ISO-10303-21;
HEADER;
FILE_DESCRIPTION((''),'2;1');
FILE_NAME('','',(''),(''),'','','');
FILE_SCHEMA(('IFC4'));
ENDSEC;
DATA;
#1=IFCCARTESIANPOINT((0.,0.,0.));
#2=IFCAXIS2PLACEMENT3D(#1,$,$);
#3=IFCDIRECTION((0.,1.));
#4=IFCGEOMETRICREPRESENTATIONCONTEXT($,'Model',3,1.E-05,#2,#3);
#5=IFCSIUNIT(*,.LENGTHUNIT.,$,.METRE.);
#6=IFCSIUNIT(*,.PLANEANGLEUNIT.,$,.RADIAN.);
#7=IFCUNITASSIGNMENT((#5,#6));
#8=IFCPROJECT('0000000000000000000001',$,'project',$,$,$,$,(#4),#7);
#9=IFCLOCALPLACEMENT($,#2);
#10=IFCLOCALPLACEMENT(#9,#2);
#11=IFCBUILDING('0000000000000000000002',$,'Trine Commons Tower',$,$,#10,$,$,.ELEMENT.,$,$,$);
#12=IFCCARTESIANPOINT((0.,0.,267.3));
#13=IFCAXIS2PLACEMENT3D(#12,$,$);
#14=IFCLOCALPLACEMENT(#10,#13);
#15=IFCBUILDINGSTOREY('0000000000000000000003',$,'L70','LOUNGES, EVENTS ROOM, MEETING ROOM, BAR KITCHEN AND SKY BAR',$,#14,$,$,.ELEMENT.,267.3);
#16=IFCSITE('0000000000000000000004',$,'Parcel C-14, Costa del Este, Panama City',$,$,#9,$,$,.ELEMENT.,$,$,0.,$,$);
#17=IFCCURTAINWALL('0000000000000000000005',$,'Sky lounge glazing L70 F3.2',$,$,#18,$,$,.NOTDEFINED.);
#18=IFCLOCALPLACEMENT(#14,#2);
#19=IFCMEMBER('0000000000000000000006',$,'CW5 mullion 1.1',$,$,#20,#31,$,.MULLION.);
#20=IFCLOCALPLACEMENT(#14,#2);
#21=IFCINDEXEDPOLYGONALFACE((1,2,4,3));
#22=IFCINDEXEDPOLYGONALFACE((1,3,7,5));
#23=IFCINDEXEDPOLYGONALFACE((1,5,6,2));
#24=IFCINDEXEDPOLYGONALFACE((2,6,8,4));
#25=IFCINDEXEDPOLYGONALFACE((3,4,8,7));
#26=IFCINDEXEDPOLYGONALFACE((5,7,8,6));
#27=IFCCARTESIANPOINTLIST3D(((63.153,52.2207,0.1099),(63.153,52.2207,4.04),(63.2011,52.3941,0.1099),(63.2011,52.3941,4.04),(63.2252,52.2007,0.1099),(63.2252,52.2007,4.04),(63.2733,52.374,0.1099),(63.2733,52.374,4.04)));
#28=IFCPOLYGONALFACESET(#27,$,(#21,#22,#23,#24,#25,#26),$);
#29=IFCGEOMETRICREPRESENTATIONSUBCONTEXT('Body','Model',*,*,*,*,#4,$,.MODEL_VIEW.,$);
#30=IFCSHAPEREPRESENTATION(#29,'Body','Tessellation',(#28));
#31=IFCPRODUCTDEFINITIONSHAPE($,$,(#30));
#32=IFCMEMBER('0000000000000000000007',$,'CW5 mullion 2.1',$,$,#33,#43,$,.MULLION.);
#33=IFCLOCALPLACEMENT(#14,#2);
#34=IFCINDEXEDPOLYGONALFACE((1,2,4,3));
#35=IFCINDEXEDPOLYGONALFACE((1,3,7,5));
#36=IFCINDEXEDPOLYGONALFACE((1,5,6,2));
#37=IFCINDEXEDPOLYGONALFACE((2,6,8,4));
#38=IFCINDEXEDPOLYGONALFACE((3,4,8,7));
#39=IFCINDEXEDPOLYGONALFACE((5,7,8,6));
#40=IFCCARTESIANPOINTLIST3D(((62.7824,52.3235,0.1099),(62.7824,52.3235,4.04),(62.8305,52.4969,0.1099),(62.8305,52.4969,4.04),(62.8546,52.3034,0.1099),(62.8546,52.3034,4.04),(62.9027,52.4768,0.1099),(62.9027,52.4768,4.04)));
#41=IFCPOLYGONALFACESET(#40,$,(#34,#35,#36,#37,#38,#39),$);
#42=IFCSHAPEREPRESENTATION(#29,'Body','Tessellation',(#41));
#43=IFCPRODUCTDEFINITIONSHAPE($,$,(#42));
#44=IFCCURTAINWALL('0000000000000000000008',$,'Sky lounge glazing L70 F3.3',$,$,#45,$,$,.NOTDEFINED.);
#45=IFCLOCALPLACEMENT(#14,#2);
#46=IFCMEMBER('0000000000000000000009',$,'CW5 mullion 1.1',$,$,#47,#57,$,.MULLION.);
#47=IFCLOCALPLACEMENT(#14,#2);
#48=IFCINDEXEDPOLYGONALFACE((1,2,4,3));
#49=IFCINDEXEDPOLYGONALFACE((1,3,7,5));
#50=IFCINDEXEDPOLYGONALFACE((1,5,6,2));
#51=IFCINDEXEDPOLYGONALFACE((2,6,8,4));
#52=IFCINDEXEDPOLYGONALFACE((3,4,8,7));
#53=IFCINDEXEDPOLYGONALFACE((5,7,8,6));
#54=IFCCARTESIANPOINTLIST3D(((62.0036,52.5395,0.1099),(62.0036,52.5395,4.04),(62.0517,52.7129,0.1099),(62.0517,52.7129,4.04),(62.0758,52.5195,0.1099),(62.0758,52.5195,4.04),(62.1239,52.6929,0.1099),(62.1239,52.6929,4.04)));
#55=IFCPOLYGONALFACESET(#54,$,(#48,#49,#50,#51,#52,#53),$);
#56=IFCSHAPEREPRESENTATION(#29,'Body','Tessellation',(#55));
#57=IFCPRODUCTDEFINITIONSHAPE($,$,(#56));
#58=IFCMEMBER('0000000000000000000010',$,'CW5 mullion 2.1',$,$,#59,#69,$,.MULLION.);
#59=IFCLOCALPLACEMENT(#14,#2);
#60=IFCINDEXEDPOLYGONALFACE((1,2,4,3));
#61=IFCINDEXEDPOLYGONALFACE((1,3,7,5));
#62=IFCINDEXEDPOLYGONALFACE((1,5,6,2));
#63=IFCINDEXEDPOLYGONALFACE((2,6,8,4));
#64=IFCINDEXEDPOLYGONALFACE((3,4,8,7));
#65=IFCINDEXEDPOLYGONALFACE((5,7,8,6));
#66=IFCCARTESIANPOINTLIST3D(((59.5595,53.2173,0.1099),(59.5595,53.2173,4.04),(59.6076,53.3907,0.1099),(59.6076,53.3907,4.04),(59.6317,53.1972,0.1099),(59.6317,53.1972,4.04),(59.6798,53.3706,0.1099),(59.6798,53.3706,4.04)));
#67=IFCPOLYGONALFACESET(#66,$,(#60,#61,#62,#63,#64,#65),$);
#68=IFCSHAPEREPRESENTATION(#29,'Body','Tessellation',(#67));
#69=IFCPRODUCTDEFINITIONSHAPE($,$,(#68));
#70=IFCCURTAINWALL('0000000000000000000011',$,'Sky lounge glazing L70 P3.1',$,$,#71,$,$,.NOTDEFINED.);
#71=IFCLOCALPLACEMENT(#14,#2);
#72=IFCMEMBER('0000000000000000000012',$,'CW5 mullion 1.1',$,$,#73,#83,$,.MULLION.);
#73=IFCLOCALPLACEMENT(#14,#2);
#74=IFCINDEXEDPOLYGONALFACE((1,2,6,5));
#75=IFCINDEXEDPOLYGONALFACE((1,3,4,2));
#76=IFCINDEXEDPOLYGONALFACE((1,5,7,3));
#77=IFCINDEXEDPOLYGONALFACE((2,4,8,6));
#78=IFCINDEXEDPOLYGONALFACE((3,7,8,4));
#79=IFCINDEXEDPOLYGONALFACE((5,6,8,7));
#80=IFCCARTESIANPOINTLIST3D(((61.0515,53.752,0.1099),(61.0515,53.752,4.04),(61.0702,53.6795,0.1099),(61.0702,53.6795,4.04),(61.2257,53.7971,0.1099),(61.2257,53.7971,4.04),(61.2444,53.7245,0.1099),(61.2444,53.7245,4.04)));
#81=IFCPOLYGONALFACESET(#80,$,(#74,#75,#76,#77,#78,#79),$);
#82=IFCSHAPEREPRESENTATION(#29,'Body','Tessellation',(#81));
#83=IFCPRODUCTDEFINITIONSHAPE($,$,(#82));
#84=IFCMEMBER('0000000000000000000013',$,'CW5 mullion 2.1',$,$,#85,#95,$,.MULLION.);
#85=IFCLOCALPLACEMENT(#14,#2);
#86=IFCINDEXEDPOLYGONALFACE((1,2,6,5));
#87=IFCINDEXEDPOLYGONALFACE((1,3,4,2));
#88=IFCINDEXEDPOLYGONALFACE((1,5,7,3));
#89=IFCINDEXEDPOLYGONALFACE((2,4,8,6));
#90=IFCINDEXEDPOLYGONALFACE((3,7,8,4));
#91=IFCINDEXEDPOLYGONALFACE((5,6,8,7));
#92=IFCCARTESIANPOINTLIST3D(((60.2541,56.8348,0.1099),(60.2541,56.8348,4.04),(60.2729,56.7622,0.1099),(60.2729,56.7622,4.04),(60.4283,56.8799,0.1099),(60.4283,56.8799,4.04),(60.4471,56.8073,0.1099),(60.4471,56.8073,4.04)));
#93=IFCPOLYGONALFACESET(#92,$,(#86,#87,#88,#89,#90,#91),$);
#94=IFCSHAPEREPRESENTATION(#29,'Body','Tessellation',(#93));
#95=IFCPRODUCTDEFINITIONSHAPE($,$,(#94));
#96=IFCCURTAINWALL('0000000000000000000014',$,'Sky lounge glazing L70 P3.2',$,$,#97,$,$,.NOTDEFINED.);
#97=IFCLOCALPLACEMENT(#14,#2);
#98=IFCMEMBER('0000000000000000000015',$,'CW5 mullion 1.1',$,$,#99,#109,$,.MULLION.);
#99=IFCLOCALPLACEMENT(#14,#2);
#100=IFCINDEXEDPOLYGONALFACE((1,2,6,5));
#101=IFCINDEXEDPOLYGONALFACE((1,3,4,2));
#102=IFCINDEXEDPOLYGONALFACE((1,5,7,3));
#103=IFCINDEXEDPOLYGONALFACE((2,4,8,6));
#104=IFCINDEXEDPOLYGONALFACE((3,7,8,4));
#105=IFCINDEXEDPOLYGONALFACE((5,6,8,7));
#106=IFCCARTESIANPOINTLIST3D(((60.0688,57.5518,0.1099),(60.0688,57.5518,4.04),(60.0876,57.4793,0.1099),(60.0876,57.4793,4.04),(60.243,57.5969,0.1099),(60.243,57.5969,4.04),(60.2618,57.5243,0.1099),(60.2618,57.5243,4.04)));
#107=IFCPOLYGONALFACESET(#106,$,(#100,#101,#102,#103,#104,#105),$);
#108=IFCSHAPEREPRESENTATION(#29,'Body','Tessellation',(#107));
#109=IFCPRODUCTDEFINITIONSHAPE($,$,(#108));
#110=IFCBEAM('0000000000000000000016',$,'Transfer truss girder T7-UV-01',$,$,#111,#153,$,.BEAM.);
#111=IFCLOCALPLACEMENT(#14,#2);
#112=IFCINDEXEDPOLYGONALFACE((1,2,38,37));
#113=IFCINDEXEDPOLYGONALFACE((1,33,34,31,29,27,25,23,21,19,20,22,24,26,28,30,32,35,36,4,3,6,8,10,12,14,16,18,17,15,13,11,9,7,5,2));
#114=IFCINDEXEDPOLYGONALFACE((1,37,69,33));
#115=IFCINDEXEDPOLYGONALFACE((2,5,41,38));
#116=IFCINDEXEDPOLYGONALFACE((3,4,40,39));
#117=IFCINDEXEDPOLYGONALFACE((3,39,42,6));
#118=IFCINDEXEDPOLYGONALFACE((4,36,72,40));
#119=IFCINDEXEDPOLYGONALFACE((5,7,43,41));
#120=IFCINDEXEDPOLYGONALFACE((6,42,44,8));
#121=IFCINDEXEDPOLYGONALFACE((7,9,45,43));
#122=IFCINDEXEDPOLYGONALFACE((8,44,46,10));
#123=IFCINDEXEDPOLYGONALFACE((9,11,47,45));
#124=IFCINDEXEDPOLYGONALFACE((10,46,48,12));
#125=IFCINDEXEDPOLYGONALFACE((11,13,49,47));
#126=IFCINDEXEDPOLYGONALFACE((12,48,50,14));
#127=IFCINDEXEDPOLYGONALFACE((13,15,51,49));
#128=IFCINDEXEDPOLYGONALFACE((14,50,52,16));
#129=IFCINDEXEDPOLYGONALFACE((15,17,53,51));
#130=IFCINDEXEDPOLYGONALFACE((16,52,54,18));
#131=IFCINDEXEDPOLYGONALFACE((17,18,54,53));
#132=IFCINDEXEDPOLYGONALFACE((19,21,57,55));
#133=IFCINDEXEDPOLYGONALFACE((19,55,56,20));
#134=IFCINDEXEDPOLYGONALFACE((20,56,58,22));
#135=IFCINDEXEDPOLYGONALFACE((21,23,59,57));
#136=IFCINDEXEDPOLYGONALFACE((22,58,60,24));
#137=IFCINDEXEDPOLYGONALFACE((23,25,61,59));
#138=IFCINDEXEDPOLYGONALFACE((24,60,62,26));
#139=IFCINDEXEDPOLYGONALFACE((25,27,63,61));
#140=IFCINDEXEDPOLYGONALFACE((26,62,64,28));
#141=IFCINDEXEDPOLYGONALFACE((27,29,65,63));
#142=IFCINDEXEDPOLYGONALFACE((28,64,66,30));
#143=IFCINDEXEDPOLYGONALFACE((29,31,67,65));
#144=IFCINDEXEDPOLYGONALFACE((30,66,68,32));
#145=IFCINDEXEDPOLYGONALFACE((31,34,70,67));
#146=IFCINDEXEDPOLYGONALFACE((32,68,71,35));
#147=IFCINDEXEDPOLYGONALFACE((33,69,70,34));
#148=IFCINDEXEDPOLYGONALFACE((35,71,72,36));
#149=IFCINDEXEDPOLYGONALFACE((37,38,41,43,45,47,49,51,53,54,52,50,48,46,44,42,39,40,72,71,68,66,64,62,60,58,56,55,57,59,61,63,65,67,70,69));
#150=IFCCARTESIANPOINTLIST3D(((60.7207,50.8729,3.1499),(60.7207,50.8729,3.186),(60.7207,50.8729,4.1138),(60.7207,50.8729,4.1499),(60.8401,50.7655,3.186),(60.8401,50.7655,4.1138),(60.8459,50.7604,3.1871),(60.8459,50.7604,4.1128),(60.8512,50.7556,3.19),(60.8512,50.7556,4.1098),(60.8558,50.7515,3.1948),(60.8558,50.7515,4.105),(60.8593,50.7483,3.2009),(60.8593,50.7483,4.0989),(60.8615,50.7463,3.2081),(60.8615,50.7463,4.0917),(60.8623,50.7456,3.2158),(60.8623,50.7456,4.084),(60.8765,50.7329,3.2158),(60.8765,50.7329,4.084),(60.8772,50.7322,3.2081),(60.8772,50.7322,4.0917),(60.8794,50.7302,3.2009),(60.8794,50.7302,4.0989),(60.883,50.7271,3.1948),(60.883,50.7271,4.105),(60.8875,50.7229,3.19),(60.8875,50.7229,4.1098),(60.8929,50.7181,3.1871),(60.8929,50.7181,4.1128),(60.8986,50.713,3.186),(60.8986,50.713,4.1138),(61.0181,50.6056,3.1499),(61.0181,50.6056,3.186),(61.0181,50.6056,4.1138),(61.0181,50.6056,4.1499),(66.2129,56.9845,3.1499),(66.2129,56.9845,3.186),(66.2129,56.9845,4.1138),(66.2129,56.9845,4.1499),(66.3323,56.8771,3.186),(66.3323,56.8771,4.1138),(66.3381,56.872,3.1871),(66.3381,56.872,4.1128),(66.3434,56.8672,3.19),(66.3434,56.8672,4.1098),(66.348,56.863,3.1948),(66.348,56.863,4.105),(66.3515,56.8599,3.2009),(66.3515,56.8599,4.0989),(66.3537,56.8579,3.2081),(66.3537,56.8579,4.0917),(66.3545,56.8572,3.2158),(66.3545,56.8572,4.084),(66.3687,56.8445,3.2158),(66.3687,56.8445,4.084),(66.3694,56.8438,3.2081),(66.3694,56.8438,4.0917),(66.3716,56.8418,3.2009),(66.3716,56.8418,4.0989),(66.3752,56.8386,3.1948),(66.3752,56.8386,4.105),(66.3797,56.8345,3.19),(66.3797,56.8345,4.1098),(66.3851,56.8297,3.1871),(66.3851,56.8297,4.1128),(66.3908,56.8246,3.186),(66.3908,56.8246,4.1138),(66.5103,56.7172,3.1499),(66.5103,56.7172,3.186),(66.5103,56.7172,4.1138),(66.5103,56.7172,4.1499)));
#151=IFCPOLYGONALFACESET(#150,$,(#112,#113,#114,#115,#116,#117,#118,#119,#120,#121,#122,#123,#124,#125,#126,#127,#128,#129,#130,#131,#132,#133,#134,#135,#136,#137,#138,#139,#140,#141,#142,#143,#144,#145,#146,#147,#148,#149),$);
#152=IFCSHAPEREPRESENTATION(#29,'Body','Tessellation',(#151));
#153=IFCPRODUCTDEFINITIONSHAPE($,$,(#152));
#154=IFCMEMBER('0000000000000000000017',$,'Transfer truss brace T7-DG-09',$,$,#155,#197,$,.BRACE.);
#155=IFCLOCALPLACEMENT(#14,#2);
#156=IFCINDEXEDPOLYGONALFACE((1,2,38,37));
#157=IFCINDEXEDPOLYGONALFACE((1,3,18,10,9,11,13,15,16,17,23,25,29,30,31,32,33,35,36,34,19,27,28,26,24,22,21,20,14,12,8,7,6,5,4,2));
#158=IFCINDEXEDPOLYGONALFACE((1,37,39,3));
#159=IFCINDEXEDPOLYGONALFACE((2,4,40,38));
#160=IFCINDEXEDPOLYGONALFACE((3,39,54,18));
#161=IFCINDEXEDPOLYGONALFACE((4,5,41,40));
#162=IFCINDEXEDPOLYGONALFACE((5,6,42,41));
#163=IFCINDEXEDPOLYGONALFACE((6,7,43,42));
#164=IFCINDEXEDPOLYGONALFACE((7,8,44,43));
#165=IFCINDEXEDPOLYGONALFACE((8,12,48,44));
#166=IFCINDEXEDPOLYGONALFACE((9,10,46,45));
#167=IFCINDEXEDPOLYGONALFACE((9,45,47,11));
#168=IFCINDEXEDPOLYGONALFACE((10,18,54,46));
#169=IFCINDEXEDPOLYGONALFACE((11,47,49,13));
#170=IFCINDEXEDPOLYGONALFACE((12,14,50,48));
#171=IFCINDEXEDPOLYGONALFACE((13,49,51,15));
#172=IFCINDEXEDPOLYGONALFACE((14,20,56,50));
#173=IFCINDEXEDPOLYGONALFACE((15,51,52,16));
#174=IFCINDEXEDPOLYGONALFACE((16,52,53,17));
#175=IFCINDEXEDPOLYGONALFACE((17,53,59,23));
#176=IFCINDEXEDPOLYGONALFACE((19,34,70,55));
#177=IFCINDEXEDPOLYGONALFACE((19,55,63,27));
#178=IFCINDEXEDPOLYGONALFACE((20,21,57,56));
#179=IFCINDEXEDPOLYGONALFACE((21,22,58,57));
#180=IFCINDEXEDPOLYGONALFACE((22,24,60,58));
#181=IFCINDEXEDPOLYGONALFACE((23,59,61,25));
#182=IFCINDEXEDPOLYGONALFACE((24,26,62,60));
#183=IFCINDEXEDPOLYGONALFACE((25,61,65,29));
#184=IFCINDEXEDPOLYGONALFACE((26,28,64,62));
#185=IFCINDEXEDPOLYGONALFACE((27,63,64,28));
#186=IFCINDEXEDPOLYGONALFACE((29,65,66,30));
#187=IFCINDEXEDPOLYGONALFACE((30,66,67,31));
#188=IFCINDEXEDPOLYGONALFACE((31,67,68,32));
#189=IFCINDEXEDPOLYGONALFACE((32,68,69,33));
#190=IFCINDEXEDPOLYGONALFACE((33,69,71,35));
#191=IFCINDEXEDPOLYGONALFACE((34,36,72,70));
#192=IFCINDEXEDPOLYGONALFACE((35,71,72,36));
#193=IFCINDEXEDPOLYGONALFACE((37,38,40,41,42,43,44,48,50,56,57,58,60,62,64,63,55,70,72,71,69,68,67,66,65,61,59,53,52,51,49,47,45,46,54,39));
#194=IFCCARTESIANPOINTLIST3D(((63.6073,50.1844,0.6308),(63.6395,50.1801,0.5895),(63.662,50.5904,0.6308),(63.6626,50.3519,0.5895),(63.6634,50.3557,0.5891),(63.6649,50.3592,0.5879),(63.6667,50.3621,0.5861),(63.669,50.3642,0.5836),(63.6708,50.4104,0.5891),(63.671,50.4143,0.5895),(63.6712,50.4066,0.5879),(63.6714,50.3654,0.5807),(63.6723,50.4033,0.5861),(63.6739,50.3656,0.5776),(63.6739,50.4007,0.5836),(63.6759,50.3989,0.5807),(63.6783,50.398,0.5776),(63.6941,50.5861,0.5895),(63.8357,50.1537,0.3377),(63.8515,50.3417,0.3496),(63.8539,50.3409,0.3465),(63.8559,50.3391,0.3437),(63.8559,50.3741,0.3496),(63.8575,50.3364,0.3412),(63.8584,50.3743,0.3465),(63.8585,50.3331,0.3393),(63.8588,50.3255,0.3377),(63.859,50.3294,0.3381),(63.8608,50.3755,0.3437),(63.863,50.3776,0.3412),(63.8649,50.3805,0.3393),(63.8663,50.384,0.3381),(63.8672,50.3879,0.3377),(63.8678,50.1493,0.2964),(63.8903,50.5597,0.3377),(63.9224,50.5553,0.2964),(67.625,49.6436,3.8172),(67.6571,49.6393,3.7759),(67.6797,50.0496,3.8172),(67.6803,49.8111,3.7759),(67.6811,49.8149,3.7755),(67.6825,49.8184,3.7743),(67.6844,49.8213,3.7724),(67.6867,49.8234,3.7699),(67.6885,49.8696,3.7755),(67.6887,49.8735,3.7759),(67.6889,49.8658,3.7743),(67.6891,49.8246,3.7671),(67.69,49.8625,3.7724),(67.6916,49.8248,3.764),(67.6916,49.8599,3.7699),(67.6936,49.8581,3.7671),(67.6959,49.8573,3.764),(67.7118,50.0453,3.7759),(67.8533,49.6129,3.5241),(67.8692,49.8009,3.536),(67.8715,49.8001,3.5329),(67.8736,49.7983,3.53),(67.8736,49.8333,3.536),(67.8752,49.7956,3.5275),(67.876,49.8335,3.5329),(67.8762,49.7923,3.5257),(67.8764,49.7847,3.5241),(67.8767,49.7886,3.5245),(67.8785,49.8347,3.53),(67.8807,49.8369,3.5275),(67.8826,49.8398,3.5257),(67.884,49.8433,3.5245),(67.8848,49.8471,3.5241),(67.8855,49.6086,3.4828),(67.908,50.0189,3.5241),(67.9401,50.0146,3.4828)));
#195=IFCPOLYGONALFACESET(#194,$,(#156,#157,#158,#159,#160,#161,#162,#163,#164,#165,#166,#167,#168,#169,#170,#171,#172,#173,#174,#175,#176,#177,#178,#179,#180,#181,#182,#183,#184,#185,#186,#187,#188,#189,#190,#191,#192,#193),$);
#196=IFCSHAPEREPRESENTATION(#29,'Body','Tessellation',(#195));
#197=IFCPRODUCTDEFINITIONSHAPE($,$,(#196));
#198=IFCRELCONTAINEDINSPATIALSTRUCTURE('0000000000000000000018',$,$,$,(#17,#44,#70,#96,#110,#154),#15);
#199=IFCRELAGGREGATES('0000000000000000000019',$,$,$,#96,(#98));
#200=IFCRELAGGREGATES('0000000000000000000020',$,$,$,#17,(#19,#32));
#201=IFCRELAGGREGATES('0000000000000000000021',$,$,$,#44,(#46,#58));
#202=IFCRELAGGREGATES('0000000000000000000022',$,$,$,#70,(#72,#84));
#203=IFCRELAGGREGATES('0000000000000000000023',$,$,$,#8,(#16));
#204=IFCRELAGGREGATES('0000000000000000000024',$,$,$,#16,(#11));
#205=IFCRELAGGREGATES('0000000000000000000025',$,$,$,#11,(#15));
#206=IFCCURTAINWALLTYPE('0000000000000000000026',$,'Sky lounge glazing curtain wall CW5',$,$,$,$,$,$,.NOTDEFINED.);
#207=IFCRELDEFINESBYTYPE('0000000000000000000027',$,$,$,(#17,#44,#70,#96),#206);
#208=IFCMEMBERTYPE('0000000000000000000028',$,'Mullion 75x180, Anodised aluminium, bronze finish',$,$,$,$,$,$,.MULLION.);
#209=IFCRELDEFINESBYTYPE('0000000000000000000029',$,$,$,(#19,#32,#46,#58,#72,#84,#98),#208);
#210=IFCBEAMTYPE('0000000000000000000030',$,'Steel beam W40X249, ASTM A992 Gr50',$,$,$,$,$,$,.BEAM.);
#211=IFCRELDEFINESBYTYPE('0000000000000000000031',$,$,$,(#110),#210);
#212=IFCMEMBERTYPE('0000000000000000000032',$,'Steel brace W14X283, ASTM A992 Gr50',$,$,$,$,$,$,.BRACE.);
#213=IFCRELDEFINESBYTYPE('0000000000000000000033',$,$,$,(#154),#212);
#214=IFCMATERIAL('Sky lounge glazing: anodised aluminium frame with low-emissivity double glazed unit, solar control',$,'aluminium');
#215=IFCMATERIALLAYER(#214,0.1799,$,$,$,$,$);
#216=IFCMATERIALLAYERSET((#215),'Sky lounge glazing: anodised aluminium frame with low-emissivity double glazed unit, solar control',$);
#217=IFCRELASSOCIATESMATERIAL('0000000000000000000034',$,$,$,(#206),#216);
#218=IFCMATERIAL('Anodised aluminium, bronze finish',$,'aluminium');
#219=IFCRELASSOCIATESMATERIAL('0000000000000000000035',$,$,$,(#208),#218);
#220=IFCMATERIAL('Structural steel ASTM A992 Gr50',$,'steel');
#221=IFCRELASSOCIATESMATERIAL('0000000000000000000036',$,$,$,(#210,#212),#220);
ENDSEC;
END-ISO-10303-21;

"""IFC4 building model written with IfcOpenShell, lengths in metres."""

from ifc_helpers import new_model, si_unit, direction, frame, origin, origin_2d, place, context, subcontext, project, spatial, rectangle, i_section, extrude, material, layer, layer_set, material_profile, profile_set, type_object, element, aggregate, save


model = new_model("IFC4")

# Units and contexts
model_context = context("Model", 3, precision=1e-05, world=origin(), true_north=direction((0.0, 1.0)))
body_context = subcontext(model_context, "Body", "Model", "MODEL_VIEW")
ifc_project = project(units=[si_unit("LENGTHUNIT", "METRE"), si_unit("PLANEANGLEUNIT", "RADIAN")], contexts=[model_context])

# Site, building, storey
site_placement = place(None, origin())
site = spatial("IfcSite", under=ifc_project, at=site_placement, Name="Parcel C-14, Costa del Este, Panama City", CompositionType="ELEMENT", RefElevation=0.0)
building_placement = place(site_placement, origin())
building = spatial("IfcBuilding", under=site, at=building_placement, Name="Trine Commons Tower", CompositionType="ELEMENT")
storey_placement = place(building_placement, frame((0.0, 0.0, 267.3)))
storey = spatial("IfcBuildingStorey", under=building, at=storey_placement, Name="L70", Description="LOUNGES, EVENTS ROOM, MEETING ROOM, BAR KITCHEN AND SKY BAR", CompositionType="ELEMENT", Elevation=267.3)

# Curtain walls, members
ifc_material_1 = material(Name="Sky lounge glazing: anodised aluminium frame with low-emissivity double glazed unit, solar control", Category="aluminium")
ifc_layer_1 = layer(ifc_material_1, 0.1799)
ifc_layer_set_1 = layer_set([ifc_layer_1], Name="Sky lounge glazing: anodised aluminium frame with low-emissivity double glazed unit, solar control")
curtain_wall_type = type_object("IfcCurtainWallType", Name="Sky lounge glazing curtain wall CW5", PredefinedType="NOTDEFINED", material=ifc_layer_set_1)
curtain_wall_1_placement = place(storey_placement, origin())
curtain_wall_1 = element("IfcCurtainWall", 1, at=curtain_wall_1_placement, inside=storey, type_object=curtain_wall_type, Name="Sky lounge glazing L70 F3.2", PredefinedType="NOTDEFINED")
ifc_material_2 = material(Name="Anodised aluminium, bronze finish", Category="aluminium")
ifc_material_profile_1 = material_profile(ifc_material_2, rectangle(XDim=0.1799, YDim=0.075, at=origin_2d()), Name="Mullion 75x180")
ifc_profile_set_1 = profile_set([ifc_material_profile_1], Name="Anodised aluminium, bronze finish")
member_type_1 = type_object("IfcMemberType", Name="Mullion 75x180, Anodised aluminium, bronze finish", PredefinedType="MULLION", material=ifc_profile_set_1)
member_1_placement = place(storey_placement, frame((63.2131, 52.2974, 0.1099), z_axis=(0.0, 0.0, 1.0), x_axis=(-0.267238, -0.96363, 0.0)))
member_1 = element("IfcMember", 2, at=member_1_placement, type_object=member_type_1, Name="CW5 mullion 1.1", PredefinedType="MULLION", context=body_context, shape_type="SweptSolid", body=[
    extrude(rectangle(XDim=0.1799, YDim=0.075, at=origin_2d()), origin(), (0.0, 0.0, 1.0), 3.9302),
])
member_2_placement = place(storey_placement, frame((62.8425, 52.4001, 0.1099), z_axis=(0.0, 0.0, 1.0), x_axis=(-0.267238, -0.96363, 0.0)))
member_2 = element("IfcMember", 3, at=member_2_placement, type_object=member_type_1, Name="CW5 mullion 2.1", PredefinedType="MULLION", context=body_context, shape_type="SweptSolid", body=[
    extrude(rectangle(XDim=0.1799, YDim=0.075, at=origin_2d()), origin(), (0.0, 0.0, 1.0), 3.9302),
])
curtain_wall_2_placement = place(storey_placement, origin())
curtain_wall_2 = element("IfcCurtainWall", 4, at=curtain_wall_2_placement, inside=storey, type_object=curtain_wall_type, Name="Sky lounge glazing L70 F3.3", PredefinedType="NOTDEFINED")
member_3_placement = place(storey_placement, frame((62.0637, 52.6162, 0.1099), z_axis=(0.0, 0.0, 1.0), x_axis=(-0.267238, -0.96363, 0.0)))
member_3 = element("IfcMember", 5, at=member_3_placement, type_object=member_type_1, Name="CW5 mullion 1.1", PredefinedType="MULLION", context=body_context, shape_type="SweptSolid", body=[
    extrude(rectangle(XDim=0.1799, YDim=0.075, at=origin_2d()), origin(), (0.0, 0.0, 1.0), 3.9302),
])
member_4_placement = place(storey_placement, frame((59.6196, 53.2939, 0.1099), z_axis=(0.0, 0.0, 1.0), x_axis=(-0.267238, -0.96363, 0.0)))
member_4 = element("IfcMember", 6, at=member_4_placement, type_object=member_type_1, Name="CW5 mullion 2.1", PredefinedType="MULLION", context=body_context, shape_type="SweptSolid", body=[
    extrude(rectangle(XDim=0.1799, YDim=0.075, at=origin_2d()), origin(), (0.0, 0.0, 1.0), 3.9302),
])
curtain_wall_3_placement = place(storey_placement, origin())
curtain_wall_3 = element("IfcCurtainWall", 7, at=curtain_wall_3_placement, inside=storey, type_object=curtain_wall_type, Name="Sky lounge glazing L70 P3.1", PredefinedType="NOTDEFINED")
member_5_placement = place(storey_placement, frame((61.1479, 53.7383, 0.1099), z_axis=(0.0, 0.0, 1.0), x_axis=(-0.968148, -0.25038, 0.0)))
member_5 = element("IfcMember", 8, at=member_5_placement, type_object=member_type_1, Name="CW5 mullion 1.1", PredefinedType="MULLION", context=body_context, shape_type="SweptSolid", body=[
    extrude(rectangle(XDim=0.1799, YDim=0.075, at=origin_2d()), origin(), (0.0, 0.0, 1.0), 3.9302),
])
member_6_placement = place(storey_placement, frame((60.3506, 56.821, 0.1099), z_axis=(0.0, 0.0, 1.0), x_axis=(-0.968148, -0.25038, 0.0)))
member_6 = element("IfcMember", 9, at=member_6_placement, type_object=member_type_1, Name="CW5 mullion 2.1", PredefinedType="MULLION", context=body_context, shape_type="SweptSolid", body=[
    extrude(rectangle(XDim=0.1799, YDim=0.075, at=origin_2d()), origin(), (0.0, 0.0, 1.0), 3.9302),
])

# Curtain wall, member
curtain_wall_4_placement = place(storey_placement, origin())
curtain_wall_4 = element("IfcCurtainWall", 10, at=curtain_wall_4_placement, inside=storey, type_object=curtain_wall_type, Name="Sky lounge glazing L70 P3.2", PredefinedType="NOTDEFINED")
member_7_placement = place(storey_placement, frame((60.1653, 57.5381, 0.1099), z_axis=(0.0, 0.0, 1.0), x_axis=(-0.968148, -0.25038, 0.0)))
member_7 = element("IfcMember", 11, at=member_7_placement, type_object=member_type_1, Name="CW5 mullion 1.1", PredefinedType="MULLION", context=body_context, shape_type="SweptSolid", body=[
    extrude(rectangle(XDim=0.1799, YDim=0.075, at=origin_2d()), origin(), (0.0, 0.0, 1.0), 3.9302),
])

# Beam
ifc_material_3 = material(Name="Structural steel ASTM A992 Gr50", Category="steel")
ifc_material_profile_2 = material_profile(ifc_material_3, i_section(OverallWidth=0.3999, OverallDepth=1.0, WebThickness=0.019, FlangeThickness=0.0361, FilletRadius=0.0298, at=origin_2d()), Name="W40X249")
ifc_profile_set_2 = profile_set([ifc_material_profile_2], Name="Structural steel ASTM A992 Gr50")
beam_type = type_object("IfcBeamType", Name="Steel beam W40X249, ASTM A992 Gr50", PredefinedType="BEAM", material=ifc_profile_set_2)
beam_placement = place(storey_placement, frame((60.8694, 50.7393, 3.6499), z_axis=(0.668411, 0.743792, 0.0), x_axis=(-0.743792, 0.668411, 0.0)))
element("IfcBeam", 12, at=beam_placement, inside=storey, type_object=beam_type, Name="Transfer truss girder T7-UV-01", PredefinedType="BEAM", context=body_context, shape_type="SweptSolid", body=[
    extrude(i_section(OverallWidth=0.3999, OverallDepth=1.0, WebThickness=0.019, FlangeThickness=0.0361, FilletRadius=0.0298, at=origin_2d()), origin(), (0.0, 0.0, 1.0), 8.2168),
])

# Member
ifc_material_profile_3 = material_profile(ifc_material_3, i_section(OverallWidth=0.4097, OverallDepth=0.4253, WebThickness=0.0327, FlangeThickness=0.0525, FilletRadius=0.0151, at=origin_2d()), Name="W14X283")
ifc_profile_set_3 = profile_set([ifc_material_profile_3], Name="Structural steel ASTM A992 Gr50")
member_type_2 = type_object("IfcMemberType", Name="Steel brace W14X283, ASTM A992 Gr50", PredefinedType="BRACE", material=ifc_profile_set_3)
member_8_placement = place(storey_placement, frame((63.7649, 50.3699, 0.4636), z_axis=(0.779184, -0.104879, 0.617959), x_axis=(0.133398, 0.991062, 0.0)))
element("IfcMember", 13, at=member_8_placement, inside=storey, type_object=member_type_2, Name="Transfer truss brace T7-DG-09", PredefinedType="BRACE", context=body_context, shape_type="SweptSolid", body=[
    extrude(i_section(OverallWidth=0.4097, OverallDepth=0.4253, WebThickness=0.0327, FlangeThickness=0.0525, FilletRadius=0.0151, at=origin_2d()), origin(), (0.0, 0.0, 1.0), 5.1562),
])

aggregate(curtain_wall_4, [member_7])

aggregate(curtain_wall_1, [member_1, member_2])
aggregate(curtain_wall_2, [member_3, member_4])
aggregate(curtain_wall_3, [member_5, member_6])

save(model, "model.ifc")
